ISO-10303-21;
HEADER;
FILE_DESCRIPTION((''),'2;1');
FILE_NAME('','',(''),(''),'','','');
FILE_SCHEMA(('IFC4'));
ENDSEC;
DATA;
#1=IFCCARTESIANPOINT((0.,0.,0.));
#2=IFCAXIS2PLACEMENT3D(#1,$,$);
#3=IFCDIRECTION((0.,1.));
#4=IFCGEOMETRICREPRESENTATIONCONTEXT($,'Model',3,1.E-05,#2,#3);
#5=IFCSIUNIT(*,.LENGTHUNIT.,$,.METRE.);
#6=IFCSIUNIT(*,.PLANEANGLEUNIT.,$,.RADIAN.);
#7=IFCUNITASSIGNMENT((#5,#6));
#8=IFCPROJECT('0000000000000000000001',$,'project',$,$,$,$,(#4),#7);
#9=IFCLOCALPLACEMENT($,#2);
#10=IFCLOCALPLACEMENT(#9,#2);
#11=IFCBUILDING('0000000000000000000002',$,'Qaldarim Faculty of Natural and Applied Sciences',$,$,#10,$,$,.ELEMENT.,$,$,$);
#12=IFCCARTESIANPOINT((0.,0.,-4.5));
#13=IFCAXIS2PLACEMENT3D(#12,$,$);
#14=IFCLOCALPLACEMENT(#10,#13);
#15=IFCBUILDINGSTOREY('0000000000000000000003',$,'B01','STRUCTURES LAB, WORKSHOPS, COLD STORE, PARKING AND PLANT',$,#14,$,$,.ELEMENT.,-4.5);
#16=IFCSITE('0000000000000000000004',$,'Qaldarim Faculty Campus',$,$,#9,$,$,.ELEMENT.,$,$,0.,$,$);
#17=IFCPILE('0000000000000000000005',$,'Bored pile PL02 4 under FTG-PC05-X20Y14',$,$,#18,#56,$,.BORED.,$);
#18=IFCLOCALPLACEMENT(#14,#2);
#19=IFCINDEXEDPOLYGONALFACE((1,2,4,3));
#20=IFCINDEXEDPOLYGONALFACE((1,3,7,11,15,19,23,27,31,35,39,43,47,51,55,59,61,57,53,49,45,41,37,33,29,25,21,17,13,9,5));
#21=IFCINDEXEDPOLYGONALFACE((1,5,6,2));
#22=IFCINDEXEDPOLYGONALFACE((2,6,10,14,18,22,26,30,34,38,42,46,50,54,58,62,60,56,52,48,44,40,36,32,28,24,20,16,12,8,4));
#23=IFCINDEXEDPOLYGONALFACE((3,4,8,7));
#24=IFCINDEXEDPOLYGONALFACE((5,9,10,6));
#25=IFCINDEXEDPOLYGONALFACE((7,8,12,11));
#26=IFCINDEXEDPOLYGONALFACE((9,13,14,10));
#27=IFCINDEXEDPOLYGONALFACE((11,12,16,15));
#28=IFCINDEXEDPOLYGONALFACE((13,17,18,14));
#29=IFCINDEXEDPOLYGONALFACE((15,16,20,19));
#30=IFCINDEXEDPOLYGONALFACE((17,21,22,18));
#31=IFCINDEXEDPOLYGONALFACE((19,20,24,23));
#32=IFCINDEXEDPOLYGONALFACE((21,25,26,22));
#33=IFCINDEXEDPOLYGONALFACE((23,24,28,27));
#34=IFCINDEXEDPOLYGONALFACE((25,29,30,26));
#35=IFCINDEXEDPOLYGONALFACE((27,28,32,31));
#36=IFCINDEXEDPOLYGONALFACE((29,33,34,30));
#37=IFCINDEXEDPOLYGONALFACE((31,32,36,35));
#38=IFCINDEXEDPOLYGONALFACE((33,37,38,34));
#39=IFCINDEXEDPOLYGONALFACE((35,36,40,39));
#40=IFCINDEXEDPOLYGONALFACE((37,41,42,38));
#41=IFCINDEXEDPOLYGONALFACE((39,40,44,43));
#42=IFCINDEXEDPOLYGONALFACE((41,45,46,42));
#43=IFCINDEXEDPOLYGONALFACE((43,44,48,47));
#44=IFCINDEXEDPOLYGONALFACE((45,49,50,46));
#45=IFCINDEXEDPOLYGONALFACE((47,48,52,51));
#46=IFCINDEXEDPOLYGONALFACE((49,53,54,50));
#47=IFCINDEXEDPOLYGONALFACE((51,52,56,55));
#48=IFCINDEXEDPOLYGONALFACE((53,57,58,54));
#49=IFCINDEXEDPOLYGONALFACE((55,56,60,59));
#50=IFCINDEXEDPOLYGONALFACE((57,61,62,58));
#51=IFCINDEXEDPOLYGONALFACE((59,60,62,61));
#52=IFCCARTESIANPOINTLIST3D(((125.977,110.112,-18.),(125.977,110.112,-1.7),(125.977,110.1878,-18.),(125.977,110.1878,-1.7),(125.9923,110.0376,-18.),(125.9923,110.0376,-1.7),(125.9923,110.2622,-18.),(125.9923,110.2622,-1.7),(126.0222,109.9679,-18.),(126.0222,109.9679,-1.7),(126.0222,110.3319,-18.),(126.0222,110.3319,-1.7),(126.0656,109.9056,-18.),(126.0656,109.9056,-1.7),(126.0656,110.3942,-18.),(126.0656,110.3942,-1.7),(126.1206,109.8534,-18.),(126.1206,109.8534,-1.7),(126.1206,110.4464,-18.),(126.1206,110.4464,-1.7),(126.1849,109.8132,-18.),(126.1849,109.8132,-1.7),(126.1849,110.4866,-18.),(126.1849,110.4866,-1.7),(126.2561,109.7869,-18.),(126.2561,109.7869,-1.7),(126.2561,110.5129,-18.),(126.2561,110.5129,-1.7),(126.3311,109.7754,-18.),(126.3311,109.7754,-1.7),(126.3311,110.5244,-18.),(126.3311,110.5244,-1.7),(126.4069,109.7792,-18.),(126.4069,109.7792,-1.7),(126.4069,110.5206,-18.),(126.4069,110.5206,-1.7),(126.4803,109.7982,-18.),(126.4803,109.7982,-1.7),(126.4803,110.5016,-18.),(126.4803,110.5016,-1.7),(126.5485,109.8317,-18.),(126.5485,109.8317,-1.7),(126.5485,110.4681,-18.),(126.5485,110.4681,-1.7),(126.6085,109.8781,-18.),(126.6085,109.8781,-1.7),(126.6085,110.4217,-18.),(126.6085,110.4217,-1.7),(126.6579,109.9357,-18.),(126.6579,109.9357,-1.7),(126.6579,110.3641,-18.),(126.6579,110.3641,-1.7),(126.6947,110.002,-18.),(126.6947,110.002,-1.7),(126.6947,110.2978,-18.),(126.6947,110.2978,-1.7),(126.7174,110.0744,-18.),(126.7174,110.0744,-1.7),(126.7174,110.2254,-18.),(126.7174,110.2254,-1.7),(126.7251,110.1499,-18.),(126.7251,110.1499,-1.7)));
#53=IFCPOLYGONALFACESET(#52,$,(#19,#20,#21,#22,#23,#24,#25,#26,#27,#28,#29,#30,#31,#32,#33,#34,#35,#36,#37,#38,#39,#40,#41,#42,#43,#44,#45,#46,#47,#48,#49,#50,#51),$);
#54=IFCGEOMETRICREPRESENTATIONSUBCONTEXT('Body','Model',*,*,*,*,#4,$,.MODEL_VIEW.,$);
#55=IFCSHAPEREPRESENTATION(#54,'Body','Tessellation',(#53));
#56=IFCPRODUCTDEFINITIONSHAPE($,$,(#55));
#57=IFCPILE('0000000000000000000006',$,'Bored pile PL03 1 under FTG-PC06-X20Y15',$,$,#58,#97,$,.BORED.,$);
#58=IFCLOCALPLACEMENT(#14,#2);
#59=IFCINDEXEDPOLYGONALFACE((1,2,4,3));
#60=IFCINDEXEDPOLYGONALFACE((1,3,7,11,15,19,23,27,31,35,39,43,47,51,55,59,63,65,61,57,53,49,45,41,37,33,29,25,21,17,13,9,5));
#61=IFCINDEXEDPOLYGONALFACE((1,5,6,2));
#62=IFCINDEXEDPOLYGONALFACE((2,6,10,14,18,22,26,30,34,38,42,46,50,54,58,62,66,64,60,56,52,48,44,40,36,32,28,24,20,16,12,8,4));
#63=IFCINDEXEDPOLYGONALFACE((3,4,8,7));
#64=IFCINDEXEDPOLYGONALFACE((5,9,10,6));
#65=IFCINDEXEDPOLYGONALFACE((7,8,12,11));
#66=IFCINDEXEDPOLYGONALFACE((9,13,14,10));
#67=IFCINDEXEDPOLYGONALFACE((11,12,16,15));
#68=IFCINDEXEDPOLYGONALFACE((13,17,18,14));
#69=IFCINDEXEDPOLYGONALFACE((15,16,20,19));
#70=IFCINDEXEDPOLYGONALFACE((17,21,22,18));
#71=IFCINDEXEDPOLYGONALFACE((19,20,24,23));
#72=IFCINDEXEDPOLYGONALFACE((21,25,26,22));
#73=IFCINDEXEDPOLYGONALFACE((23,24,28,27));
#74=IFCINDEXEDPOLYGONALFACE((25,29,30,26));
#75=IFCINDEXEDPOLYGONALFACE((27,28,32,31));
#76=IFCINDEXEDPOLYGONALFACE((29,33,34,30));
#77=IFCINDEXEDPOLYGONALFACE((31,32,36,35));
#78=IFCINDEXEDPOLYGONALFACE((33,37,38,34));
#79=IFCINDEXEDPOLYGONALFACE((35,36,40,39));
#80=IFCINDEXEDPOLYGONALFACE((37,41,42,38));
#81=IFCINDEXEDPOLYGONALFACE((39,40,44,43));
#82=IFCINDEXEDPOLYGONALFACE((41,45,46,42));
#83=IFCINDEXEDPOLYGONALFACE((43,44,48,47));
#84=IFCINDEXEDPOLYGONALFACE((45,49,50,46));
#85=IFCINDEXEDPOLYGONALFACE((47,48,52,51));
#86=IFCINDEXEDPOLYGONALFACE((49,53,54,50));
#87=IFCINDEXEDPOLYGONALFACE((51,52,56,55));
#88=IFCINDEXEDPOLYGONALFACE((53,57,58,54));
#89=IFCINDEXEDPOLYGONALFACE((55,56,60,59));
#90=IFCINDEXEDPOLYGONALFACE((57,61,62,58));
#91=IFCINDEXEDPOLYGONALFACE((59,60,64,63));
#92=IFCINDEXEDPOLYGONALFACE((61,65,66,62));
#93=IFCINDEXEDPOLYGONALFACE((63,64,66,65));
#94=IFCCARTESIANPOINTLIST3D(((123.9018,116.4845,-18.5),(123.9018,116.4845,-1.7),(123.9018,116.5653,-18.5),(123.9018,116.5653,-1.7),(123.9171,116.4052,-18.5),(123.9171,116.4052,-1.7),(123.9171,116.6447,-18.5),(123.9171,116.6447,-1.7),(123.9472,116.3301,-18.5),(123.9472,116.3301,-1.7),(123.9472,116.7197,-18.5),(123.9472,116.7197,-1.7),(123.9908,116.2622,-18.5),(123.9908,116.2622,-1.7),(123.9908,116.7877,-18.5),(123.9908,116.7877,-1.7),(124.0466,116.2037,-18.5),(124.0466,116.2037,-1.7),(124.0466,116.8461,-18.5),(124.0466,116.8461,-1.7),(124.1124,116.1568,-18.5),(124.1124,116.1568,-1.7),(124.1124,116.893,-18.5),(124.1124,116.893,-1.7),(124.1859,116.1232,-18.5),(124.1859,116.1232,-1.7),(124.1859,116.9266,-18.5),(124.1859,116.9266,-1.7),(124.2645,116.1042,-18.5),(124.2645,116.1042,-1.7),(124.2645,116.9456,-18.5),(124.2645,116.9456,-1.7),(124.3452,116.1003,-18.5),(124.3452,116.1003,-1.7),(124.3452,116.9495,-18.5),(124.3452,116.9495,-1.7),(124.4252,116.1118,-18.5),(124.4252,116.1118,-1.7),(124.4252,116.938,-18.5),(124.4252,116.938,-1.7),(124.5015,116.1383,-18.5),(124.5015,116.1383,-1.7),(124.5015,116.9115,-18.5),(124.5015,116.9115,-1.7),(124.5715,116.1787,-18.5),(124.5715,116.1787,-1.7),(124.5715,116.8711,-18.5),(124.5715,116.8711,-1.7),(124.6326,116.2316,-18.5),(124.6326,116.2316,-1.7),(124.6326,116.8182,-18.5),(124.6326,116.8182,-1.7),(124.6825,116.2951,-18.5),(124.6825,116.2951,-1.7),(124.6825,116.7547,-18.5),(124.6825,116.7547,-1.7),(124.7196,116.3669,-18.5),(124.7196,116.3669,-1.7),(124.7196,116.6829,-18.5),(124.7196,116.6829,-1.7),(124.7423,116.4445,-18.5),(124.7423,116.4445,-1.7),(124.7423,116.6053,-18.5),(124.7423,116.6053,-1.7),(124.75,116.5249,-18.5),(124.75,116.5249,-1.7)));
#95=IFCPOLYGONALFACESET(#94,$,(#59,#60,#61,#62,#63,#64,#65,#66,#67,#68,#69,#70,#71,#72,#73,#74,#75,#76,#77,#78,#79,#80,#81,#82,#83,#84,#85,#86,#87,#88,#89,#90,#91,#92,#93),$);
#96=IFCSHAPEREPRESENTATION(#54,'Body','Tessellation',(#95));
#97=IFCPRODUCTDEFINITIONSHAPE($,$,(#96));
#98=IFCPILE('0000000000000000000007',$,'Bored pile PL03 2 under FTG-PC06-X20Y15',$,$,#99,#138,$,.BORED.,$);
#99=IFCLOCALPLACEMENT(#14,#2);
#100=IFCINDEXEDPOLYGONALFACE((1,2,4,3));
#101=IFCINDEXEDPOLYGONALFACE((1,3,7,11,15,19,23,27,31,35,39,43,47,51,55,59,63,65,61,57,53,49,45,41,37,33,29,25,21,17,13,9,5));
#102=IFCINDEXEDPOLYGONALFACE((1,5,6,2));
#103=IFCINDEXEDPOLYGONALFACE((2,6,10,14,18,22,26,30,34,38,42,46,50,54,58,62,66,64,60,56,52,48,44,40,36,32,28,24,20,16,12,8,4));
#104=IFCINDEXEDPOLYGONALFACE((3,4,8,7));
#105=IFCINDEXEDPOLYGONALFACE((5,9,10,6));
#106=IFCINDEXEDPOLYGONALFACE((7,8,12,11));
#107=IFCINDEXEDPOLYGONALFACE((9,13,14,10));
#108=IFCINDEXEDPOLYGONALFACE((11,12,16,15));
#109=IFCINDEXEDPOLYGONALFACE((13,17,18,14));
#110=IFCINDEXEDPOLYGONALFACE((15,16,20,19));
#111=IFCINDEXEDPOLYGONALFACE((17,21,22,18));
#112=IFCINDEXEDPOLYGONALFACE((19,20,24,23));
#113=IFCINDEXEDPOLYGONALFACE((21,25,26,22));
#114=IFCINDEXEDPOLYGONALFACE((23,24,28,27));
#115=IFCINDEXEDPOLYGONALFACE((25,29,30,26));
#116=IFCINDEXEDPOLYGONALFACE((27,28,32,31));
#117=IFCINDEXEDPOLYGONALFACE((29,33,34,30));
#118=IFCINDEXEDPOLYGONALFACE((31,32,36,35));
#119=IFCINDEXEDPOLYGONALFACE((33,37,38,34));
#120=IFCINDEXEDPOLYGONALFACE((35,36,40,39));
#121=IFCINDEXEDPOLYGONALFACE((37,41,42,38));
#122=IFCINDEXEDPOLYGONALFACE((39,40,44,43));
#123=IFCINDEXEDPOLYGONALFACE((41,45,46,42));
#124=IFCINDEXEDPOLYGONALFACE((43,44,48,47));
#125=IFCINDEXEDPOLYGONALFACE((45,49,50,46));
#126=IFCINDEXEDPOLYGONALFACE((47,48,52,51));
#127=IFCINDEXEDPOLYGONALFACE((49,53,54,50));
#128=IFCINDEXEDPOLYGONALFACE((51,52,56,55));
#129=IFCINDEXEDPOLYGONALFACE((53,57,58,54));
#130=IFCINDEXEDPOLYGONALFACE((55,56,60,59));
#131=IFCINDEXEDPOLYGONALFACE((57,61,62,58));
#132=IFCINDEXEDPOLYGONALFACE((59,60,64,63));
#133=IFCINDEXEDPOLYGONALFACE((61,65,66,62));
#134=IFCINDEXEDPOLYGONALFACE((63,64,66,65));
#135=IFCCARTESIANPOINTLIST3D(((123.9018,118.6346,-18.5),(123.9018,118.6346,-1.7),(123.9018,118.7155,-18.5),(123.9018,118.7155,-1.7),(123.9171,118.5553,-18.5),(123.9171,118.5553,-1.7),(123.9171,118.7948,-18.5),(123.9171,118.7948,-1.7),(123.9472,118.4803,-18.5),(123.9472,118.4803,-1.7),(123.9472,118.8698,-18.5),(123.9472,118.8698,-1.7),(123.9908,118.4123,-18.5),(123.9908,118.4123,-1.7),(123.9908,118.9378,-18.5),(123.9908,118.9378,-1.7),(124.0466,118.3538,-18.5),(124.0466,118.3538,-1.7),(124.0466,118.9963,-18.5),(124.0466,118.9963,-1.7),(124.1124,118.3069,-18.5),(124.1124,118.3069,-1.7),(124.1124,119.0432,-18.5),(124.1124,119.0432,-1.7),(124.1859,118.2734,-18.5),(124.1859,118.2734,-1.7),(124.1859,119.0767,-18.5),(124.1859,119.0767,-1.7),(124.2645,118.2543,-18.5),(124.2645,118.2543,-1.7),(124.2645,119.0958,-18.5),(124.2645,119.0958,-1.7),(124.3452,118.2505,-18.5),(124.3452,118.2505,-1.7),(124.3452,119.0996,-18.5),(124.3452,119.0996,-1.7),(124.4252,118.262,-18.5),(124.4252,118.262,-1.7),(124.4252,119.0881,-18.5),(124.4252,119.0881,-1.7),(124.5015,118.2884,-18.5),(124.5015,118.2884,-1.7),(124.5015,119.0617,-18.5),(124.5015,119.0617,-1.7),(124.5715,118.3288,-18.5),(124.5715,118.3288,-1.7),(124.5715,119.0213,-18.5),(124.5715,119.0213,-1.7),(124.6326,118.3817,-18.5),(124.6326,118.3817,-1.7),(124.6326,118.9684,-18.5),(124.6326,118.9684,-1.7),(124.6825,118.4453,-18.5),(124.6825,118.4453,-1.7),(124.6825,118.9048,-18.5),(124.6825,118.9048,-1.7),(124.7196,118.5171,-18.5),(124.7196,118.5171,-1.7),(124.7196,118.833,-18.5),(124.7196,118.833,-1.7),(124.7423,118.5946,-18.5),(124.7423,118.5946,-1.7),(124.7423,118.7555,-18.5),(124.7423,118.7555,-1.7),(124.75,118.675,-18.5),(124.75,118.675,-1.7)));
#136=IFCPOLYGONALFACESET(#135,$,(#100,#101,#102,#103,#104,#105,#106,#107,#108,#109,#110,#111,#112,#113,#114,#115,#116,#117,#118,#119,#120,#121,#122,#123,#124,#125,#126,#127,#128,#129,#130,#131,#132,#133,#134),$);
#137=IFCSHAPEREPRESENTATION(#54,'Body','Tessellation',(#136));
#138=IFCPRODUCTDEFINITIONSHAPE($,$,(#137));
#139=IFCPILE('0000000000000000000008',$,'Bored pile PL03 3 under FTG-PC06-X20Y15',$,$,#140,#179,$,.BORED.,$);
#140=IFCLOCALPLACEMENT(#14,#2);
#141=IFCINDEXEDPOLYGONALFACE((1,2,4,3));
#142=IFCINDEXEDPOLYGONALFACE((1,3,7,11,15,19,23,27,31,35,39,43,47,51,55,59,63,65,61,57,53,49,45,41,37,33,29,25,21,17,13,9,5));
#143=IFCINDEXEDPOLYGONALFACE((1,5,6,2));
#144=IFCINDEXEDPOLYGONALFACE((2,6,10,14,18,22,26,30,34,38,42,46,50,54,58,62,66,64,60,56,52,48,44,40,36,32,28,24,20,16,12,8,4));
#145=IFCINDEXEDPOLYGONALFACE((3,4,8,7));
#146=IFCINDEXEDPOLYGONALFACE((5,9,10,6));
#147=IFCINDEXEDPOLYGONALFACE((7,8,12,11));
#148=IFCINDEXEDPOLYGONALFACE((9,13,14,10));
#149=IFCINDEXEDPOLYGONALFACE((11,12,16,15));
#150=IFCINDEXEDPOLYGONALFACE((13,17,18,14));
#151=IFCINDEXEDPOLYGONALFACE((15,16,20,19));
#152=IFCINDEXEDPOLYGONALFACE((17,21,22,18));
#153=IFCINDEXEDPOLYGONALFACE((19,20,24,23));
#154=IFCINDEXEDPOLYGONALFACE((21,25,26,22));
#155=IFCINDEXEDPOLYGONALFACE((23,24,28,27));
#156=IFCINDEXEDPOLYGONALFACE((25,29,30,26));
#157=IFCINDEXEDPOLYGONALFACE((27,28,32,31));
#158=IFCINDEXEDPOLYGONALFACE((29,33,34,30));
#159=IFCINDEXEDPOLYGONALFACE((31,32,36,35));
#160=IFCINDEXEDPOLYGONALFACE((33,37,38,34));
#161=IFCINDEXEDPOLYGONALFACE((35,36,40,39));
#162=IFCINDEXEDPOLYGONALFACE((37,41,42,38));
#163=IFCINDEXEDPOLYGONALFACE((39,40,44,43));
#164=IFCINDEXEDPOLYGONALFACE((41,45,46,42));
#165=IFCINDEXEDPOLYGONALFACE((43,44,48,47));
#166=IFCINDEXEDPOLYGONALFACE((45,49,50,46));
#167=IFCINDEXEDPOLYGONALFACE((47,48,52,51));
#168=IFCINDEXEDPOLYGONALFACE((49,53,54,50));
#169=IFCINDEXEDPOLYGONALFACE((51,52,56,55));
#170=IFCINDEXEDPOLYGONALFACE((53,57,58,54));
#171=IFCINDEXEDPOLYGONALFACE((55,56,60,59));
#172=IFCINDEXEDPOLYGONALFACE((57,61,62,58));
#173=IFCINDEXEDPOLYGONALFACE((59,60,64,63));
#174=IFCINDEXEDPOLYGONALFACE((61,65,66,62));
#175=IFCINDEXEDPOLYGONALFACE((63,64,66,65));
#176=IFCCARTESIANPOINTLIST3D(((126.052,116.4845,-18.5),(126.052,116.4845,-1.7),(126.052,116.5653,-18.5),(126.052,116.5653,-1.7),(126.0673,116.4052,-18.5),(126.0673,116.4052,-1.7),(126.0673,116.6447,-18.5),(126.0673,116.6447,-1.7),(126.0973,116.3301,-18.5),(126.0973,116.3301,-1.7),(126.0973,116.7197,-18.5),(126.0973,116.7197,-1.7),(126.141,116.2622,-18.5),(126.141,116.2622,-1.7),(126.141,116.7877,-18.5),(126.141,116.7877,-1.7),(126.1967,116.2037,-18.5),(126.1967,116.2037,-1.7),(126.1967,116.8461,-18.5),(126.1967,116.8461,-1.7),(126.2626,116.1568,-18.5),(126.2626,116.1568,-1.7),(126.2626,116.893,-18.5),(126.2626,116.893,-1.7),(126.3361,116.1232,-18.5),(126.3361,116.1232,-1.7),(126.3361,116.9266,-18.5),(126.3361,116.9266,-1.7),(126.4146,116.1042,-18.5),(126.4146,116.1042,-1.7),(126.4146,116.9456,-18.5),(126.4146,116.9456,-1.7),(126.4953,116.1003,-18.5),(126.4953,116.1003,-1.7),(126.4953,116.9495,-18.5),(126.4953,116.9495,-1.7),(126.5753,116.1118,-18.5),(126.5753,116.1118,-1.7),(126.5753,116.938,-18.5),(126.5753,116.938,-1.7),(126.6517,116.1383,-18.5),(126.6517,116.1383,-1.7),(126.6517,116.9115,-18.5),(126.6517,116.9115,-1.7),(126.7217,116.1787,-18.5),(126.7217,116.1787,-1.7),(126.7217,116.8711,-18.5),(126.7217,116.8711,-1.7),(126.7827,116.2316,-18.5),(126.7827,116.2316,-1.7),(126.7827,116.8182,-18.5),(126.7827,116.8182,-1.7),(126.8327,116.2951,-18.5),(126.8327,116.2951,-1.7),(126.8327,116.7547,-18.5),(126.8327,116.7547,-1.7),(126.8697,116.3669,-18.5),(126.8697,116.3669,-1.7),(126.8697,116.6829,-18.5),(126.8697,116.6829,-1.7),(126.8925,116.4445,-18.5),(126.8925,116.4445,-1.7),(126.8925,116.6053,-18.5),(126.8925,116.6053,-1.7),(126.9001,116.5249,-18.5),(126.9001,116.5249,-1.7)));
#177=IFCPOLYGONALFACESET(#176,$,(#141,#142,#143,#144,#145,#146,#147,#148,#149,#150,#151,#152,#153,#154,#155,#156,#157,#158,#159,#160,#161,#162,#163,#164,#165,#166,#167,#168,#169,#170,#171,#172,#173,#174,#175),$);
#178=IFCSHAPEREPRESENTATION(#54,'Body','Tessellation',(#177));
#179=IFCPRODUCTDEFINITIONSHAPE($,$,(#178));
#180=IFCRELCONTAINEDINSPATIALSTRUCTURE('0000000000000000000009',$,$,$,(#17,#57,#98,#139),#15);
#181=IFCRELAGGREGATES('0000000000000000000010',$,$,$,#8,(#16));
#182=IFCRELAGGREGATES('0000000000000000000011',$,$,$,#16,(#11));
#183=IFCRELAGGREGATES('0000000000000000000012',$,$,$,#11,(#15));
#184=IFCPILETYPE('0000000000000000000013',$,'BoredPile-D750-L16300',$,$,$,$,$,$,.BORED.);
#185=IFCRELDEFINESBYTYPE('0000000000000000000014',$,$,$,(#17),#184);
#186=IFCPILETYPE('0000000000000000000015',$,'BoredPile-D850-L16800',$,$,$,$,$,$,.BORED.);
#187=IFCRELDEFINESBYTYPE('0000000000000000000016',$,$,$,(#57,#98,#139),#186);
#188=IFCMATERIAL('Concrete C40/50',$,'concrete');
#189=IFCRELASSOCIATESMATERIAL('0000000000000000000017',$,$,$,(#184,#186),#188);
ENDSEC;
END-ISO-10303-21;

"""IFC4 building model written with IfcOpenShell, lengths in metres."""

from ifc_helpers import new_model, si_unit, direction, frame, origin, origin_2d, place, context, subcontext, project, spatial, circle, extrude, material, material_profile, profile_set, type_object, element, save


model = new_model("IFC4")

# Units and contexts
model_context = context("Model", 3, precision=1e-05, world=origin(), true_north=direction((0.0, 1.0)))
body_context = subcontext(model_context, "Body", "Model", "MODEL_VIEW")
ifc_project = project(units=[si_unit("LENGTHUNIT", "METRE"), si_unit("PLANEANGLEUNIT", "RADIAN")], contexts=[model_context])

# Site, building, storey
site_placement = place(None, origin())
site = spatial("IfcSite", under=ifc_project, at=site_placement, Name="Qaldarim Faculty Campus", CompositionType="ELEMENT", RefElevation=0.0)
building_placement = place(site_placement, origin())
building = spatial("IfcBuilding", under=site, at=building_placement, Name="Qaldarim Faculty of Natural and Applied Sciences", CompositionType="ELEMENT")
storey_placement = place(building_placement, frame((0.0, 0.0, -4.5)))
storey = spatial("IfcBuildingStorey", under=building, at=storey_placement, Name="B01", Description="STRUCTURES LAB, WORKSHOPS, COLD STORE, PARKING AND PLANT", CompositionType="ELEMENT", Elevation=-4.5)

# Piles
ifc_material_1 = material(Name="Concrete C40/50", Category="concrete")
ifc_material_profile_1 = material_profile(ifc_material_1, circle(Radius=0.375, at=origin_2d()), Name="PILE-D750")
ifc_profile_set_1 = profile_set([ifc_material_profile_1], Name="Concrete C40/50")
pile_type_1 = type_object("IfcPileType", Name="BoredPile-D750-L16300", PredefinedType="BORED", material=ifc_profile_set_1)
for number, where, z_axis, x_axis, name in (
    (1, (126.3501, 110.1499, -1.7), (0.0, 0.0, -1.0), (1.0, 0.0, 0.0), "Bored pile PL02 4 under FTG-PC05-X20Y14"),
):
    element("IfcPile", number, at=place(storey_placement, frame(where, z_axis=z_axis, x_axis=x_axis)), inside=storey, type_object=pile_type_1, Name=name, PredefinedType="BORED", context=body_context, shape_type="SweptSolid", body=[
        extrude(circle(Radius=0.375, at=origin_2d()), origin(), (0.0, 0.0, 1.0), 16.3),
    ])
ifc_material_profile_2 = material_profile(ifc_material_1, circle(Radius=0.425, at=origin_2d()), Name="PILE-D850")
ifc_profile_set_2 = profile_set([ifc_material_profile_2], Name="Concrete C40/50")
pile_type_2 = type_object("IfcPileType", Name="BoredPile-D850-L16800", PredefinedType="BORED", material=ifc_profile_set_2)
for number, where, z_axis, x_axis, name in (
    (2, (124.325, 116.5249, -1.7), (0.0, 0.0, -1.0), (1.0, 0.0, 0.0), "Bored pile PL03 1 under FTG-PC06-X20Y15"),
    (3, (124.325, 118.675, -1.7), (0.0, 0.0, -1.0), (1.0, 0.0, 0.0), "Bored pile PL03 2 under FTG-PC06-X20Y15"),
    (4, (126.4751, 116.5249, -1.7), (0.0, 0.0, -1.0), (1.0, 0.0, 0.0), "Bored pile PL03 3 under FTG-PC06-X20Y15"),
):
    element("IfcPile", number, at=place(storey_placement, frame(where, z_axis=z_axis, x_axis=x_axis)), inside=storey, type_object=pile_type_2, Name=name, PredefinedType="BORED", context=body_context, shape_type="SweptSolid", body=[
        extrude(circle(Radius=0.425, at=origin_2d()), origin(), (0.0, 0.0, 1.0), 16.8),
    ])

save(model, "model.ifc")
